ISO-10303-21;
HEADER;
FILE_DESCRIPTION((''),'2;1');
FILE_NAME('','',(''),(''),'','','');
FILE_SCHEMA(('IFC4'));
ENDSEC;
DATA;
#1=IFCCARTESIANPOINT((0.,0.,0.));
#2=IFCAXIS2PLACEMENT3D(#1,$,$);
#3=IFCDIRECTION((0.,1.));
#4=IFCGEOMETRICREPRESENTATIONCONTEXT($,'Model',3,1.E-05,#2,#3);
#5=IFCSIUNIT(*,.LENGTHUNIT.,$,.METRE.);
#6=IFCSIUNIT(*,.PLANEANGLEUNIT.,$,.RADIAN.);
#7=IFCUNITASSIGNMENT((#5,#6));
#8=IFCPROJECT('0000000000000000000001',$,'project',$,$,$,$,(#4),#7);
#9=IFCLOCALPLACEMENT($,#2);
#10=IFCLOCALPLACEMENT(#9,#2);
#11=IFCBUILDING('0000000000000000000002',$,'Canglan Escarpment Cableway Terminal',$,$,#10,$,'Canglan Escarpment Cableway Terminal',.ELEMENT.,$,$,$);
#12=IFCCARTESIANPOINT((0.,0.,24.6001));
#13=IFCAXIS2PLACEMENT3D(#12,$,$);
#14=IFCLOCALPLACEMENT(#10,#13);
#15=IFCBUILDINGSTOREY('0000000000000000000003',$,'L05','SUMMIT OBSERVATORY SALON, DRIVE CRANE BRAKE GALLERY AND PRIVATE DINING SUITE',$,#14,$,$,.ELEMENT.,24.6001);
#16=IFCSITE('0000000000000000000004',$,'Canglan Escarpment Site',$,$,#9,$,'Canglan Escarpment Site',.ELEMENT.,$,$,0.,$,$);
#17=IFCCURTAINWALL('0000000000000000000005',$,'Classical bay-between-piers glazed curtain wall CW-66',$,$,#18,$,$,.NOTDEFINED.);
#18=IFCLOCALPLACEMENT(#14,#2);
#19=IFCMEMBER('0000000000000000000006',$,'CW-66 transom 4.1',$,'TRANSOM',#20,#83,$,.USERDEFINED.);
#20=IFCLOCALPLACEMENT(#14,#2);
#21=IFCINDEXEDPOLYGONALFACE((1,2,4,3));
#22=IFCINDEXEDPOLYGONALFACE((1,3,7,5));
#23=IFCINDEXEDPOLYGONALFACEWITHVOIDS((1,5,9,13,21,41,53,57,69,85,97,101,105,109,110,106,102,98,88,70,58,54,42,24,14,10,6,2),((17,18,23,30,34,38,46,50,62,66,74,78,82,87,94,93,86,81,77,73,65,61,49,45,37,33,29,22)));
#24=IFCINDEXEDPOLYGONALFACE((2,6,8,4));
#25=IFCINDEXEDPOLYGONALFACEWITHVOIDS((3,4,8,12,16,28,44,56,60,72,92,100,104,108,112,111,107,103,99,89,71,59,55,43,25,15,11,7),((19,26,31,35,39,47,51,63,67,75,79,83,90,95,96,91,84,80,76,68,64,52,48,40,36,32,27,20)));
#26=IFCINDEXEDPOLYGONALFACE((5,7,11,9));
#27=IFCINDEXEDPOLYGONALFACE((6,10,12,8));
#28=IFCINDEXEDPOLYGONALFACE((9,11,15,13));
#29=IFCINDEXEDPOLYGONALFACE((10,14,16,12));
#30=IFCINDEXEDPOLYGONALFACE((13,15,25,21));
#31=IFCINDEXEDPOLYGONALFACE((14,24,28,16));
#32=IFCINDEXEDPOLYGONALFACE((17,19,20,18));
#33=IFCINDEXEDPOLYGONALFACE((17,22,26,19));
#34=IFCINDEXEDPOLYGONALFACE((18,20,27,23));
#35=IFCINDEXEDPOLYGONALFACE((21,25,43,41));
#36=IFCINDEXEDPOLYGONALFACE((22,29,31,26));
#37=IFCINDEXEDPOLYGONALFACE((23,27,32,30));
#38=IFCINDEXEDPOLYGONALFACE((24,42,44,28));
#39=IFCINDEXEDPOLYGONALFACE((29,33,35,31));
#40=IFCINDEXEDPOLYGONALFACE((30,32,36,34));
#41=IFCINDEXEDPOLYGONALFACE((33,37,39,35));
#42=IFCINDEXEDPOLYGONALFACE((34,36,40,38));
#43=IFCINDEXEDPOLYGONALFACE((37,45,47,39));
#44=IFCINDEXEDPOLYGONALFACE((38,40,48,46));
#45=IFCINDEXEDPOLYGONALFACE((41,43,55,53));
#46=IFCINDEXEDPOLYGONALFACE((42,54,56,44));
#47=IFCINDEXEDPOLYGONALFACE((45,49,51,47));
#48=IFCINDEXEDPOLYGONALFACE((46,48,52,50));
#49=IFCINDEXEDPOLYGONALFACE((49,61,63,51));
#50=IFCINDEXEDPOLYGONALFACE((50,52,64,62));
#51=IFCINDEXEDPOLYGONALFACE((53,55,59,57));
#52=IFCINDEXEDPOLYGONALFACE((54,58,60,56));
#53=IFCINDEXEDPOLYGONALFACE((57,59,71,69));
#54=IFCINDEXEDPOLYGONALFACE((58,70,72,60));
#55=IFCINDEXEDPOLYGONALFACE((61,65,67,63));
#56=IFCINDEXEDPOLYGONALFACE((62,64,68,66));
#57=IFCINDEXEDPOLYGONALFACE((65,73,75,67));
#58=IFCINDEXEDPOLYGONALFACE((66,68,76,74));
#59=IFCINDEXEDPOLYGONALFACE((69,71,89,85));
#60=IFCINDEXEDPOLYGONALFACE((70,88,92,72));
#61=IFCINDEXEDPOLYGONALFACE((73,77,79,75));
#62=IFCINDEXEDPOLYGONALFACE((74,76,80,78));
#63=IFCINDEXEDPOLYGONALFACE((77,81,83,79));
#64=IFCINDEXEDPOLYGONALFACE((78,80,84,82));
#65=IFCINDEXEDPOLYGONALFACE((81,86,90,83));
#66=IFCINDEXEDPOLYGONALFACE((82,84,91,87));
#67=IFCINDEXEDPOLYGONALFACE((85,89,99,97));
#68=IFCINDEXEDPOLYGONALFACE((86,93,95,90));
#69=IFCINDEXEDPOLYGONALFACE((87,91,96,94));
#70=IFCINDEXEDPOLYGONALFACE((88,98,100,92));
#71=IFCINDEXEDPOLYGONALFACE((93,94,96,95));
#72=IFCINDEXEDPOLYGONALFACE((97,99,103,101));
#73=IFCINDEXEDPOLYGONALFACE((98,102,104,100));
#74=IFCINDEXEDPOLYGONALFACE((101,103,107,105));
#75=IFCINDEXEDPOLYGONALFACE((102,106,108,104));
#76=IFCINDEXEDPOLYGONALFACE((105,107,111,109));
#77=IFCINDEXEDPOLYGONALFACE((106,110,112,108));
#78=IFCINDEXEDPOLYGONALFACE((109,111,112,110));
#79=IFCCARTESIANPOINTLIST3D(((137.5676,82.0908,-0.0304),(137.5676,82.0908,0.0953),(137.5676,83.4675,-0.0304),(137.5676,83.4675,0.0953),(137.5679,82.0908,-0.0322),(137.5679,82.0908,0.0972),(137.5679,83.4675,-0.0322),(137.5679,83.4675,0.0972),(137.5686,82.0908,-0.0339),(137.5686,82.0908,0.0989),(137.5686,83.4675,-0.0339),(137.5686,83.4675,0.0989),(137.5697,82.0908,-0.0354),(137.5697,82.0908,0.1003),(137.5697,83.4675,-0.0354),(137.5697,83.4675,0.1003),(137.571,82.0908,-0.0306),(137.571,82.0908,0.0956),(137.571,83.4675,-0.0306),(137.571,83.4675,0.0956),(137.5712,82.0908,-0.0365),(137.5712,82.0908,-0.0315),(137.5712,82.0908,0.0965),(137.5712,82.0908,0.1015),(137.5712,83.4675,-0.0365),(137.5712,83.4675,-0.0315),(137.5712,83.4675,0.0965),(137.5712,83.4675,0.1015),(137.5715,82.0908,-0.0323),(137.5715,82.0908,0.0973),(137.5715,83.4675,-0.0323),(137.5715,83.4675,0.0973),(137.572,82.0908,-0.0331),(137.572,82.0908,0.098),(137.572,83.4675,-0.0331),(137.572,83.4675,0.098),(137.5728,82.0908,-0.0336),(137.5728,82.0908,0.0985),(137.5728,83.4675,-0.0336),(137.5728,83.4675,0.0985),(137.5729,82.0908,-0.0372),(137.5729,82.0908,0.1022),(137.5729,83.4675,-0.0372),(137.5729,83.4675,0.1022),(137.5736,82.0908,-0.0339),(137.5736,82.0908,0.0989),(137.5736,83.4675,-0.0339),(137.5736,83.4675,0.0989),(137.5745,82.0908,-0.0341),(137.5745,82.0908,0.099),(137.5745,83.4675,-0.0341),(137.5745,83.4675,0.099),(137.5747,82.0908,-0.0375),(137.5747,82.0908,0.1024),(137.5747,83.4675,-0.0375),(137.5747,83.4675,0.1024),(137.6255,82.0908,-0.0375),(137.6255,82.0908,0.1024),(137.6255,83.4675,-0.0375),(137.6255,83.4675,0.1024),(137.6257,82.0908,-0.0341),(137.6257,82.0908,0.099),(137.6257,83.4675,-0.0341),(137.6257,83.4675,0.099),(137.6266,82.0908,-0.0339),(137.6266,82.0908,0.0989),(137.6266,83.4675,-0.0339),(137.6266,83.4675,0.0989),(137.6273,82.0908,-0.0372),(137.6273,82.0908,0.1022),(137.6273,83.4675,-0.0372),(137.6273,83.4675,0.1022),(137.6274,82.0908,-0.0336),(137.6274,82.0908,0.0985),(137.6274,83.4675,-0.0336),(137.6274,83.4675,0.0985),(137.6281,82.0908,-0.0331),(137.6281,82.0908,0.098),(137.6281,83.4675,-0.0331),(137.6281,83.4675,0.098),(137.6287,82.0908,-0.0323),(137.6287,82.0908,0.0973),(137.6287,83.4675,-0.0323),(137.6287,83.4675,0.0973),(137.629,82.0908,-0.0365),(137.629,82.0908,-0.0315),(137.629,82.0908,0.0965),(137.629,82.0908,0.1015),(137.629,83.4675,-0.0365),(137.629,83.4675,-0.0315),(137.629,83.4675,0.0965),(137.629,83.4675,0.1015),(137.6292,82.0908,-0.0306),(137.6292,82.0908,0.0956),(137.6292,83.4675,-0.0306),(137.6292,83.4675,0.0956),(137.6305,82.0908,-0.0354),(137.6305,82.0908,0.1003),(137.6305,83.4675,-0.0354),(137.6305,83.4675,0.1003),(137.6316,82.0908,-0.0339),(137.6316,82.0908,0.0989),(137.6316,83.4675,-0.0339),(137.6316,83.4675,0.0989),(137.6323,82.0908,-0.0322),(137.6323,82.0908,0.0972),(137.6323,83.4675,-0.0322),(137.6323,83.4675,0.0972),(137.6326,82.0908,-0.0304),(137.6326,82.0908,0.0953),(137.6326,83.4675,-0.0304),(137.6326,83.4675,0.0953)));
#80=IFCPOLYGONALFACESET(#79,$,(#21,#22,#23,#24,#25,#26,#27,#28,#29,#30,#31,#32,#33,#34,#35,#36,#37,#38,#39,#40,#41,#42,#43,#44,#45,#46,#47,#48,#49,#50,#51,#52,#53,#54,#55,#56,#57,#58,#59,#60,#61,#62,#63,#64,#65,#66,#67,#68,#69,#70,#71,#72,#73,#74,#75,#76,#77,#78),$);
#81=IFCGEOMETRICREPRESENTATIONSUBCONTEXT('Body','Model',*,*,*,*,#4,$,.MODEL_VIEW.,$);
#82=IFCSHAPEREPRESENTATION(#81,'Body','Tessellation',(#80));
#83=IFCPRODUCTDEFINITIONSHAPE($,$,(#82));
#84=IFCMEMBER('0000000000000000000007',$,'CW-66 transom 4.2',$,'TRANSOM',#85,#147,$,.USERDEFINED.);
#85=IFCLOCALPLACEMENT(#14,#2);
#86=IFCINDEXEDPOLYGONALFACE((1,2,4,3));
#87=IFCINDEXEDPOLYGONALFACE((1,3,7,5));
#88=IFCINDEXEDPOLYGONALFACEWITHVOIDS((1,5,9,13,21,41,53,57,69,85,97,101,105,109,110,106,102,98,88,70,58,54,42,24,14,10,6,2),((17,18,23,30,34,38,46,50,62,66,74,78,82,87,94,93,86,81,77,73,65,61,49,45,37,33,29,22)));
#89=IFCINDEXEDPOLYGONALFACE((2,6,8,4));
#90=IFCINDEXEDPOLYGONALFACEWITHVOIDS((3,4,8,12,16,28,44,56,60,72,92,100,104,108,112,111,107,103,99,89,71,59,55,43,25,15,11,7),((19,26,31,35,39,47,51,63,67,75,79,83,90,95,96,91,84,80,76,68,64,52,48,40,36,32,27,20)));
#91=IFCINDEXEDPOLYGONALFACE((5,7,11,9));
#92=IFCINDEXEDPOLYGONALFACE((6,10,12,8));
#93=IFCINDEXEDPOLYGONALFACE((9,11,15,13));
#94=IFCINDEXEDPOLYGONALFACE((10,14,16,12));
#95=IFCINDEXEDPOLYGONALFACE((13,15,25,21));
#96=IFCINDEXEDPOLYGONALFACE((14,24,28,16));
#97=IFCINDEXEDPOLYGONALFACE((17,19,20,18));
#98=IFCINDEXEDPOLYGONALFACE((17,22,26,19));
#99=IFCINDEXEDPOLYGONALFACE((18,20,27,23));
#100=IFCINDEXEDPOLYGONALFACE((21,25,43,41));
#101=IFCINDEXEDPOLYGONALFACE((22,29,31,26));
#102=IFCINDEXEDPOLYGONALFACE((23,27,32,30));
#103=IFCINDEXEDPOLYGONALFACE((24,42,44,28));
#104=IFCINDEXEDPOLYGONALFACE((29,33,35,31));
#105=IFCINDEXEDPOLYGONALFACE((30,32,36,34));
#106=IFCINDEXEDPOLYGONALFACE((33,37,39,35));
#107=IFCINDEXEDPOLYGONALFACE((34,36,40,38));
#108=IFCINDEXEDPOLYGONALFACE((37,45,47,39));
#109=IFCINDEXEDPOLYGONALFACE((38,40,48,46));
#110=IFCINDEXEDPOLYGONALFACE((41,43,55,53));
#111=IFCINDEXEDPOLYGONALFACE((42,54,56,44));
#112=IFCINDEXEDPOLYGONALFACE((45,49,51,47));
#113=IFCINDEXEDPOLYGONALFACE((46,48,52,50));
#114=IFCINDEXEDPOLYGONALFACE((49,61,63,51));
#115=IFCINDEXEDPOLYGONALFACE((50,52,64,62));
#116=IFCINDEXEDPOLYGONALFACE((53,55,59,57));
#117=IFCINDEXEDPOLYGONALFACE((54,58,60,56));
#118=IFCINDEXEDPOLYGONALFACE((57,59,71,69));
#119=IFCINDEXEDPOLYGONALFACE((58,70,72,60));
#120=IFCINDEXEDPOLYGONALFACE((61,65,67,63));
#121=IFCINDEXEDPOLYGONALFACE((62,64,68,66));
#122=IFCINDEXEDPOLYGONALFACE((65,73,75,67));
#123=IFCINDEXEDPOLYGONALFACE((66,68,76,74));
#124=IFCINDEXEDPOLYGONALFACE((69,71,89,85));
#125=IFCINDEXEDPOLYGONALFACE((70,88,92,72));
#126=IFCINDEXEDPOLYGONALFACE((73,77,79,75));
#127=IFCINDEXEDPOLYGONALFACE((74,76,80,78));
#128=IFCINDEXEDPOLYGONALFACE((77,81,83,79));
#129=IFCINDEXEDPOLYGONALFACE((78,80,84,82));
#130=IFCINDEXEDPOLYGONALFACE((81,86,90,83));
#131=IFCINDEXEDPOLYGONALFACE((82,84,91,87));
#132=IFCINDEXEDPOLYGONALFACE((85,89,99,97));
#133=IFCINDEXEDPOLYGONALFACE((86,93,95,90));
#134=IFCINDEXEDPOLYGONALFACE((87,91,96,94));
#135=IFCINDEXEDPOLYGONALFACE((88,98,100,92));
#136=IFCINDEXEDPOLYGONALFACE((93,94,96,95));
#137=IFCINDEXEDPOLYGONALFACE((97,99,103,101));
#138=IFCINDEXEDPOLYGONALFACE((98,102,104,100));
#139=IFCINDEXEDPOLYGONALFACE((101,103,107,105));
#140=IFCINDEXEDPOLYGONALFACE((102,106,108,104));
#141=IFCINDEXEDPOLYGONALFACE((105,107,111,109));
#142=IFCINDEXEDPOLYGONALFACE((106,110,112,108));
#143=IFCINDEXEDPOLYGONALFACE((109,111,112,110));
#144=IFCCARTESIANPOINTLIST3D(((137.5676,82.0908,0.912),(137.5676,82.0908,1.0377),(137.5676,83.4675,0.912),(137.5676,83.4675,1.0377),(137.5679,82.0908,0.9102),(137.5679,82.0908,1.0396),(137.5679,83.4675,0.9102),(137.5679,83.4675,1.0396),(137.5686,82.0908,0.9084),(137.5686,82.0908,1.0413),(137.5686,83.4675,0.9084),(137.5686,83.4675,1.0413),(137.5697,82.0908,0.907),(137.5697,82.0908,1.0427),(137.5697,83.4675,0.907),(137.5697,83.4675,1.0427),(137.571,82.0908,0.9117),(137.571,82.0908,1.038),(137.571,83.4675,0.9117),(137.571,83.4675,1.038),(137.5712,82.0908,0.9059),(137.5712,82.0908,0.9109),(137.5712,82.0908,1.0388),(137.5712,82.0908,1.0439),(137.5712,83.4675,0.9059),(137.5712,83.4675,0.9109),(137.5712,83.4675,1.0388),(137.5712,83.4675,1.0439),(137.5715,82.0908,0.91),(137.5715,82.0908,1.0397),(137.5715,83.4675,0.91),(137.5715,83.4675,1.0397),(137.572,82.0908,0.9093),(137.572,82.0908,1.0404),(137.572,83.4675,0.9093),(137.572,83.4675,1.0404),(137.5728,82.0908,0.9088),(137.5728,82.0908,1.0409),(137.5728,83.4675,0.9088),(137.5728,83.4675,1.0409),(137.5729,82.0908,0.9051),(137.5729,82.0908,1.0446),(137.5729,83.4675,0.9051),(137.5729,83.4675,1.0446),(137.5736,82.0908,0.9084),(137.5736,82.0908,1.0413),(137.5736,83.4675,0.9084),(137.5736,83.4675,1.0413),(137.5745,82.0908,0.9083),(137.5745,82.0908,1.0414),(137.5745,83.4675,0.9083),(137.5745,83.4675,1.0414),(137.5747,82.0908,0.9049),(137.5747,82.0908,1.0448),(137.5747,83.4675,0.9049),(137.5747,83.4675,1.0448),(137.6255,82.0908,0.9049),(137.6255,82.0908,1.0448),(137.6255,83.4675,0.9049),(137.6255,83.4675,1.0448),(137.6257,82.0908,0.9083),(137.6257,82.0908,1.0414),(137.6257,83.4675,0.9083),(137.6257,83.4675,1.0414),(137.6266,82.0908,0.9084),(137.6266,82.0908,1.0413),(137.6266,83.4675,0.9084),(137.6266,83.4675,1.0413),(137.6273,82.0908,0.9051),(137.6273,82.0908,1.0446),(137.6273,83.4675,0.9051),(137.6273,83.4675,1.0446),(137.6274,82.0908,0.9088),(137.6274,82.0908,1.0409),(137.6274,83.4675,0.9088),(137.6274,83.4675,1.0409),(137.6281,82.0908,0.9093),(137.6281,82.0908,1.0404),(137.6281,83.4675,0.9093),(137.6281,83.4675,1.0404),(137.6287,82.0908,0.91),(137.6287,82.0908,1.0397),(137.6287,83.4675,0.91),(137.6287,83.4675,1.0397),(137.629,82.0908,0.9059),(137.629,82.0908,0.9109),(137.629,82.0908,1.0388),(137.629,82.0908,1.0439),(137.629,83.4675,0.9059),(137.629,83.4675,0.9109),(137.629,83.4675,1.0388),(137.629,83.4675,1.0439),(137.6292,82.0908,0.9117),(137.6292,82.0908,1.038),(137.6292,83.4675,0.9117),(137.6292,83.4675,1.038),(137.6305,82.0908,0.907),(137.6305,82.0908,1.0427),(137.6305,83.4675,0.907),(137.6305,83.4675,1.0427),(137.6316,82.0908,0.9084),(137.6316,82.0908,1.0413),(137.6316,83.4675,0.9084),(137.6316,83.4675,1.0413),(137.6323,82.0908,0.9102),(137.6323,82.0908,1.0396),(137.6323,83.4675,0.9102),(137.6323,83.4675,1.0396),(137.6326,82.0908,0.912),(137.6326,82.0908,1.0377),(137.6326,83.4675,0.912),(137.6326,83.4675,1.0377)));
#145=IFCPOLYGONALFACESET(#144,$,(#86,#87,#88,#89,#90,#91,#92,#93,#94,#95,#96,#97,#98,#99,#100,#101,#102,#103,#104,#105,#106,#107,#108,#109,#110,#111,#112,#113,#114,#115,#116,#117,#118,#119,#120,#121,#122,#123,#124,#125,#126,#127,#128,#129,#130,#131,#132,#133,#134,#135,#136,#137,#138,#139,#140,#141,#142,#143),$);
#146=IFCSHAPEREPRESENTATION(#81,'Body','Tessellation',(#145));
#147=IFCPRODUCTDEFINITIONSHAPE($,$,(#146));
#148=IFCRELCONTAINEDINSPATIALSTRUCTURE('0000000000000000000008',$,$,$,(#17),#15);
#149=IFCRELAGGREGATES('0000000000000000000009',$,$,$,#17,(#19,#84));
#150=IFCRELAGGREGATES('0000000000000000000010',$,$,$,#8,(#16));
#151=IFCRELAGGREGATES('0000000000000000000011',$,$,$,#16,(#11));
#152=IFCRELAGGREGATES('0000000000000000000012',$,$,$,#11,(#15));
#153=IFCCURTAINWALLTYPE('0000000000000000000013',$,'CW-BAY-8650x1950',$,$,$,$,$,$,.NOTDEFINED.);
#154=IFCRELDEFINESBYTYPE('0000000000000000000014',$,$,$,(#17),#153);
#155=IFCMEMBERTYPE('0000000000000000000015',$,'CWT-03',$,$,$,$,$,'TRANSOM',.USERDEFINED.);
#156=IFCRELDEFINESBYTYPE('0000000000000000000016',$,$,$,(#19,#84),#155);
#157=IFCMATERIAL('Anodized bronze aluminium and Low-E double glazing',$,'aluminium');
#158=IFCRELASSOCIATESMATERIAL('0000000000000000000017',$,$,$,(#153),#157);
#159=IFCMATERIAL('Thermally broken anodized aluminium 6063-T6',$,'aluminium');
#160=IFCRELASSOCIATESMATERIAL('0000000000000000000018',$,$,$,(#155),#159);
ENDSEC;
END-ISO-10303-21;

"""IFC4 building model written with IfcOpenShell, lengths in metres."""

from ifc_helpers import new_model, si_unit, direction, frame, origin, origin_2d, place, context, subcontext, project, spatial, hollow_rectangle, extrude, material, material_profile, profile_set, type_object, element, aggregate, save


model = new_model("IFC4")

# Units and contexts
model_context = context("Model", 3, precision=1e-05, world=origin(), true_north=direction((0.0, 1.0)))
body_context = subcontext(model_context, "Body", "Model", "MODEL_VIEW")
ifc_project = project(units=[si_unit("LENGTHUNIT", "METRE"), si_unit("PLANEANGLEUNIT", "RADIAN")], contexts=[model_context])

# Site, building, storey
site_placement = place(None, origin())
site = spatial("IfcSite", under=ifc_project, at=site_placement, Name="Canglan Escarpment Site", LongName="Canglan Escarpment Site", CompositionType="ELEMENT", RefElevation=0.0)
building_placement = place(site_placement, origin())
building = spatial("IfcBuilding", under=site, at=building_placement, Name="Canglan Escarpment Cableway Terminal", LongName="Canglan Escarpment Cableway Terminal", CompositionType="ELEMENT")
storey_placement = place(building_placement, frame((0.0, 0.0, 24.6001)))
storey = spatial("IfcBuildingStorey", under=building, at=storey_placement, Name="L05", Description="SUMMIT OBSERVATORY SALON, DRIVE CRANE BRAKE GALLERY AND PRIVATE DINING SUITE", CompositionType="ELEMENT", Elevation=24.6001)

# Curtain wall, members
ifc_material_1 = material(Name="Anodized bronze aluminium and Low-E double glazing", Category="aluminium")
curtain_wall_type = type_object("IfcCurtainWallType", Name="CW-BAY-8650x1950", PredefinedType="NOTDEFINED", material=ifc_material_1)
curtain_wall_placement = place(storey_placement, origin())
curtain_wall = element("IfcCurtainWall", 1, at=curtain_wall_placement, inside=storey, type_object=curtain_wall_type, Name="Classical bay-between-piers glazed curtain wall CW-66", PredefinedType="NOTDEFINED")
ifc_material_2 = material(Name="Thermally broken anodized aluminium 6063-T6", Category="aluminium")
ifc_material_profile_1 = material_profile(ifc_material_2, hollow_rectangle(XDim=0.0649, YDim=0.1399, WallThickness=0.0034, InnerFilletRadius=0.0034, OuterFilletRadius=0.0071, at=origin_2d()), Name="ALU-TRAN 65x140x3.5")
ifc_profile_set_1 = profile_set([ifc_material_profile_1], Name="Thermally broken anodized aluminium 6063-T6")
member_type_1 = type_object("IfcMemberType", Name="CWT-03", ElementType="TRANSOM", PredefinedType="USERDEFINED", material=ifc_profile_set_1)
member_1_placement = place(storey_placement, frame((137.6001, 83.4675, 0.0325), z_axis=(0.0, -1.0, 0.0), x_axis=(1.0, 0.0, 0.0)))
member_1 = element("IfcMember", 2, at=member_1_placement, type_object=member_type_1, Name="CW-66 transom 4.1", ObjectType="TRANSOM", PredefinedType="USERDEFINED", context=body_context, shape_type="SweptSolid", body=[
    extrude(hollow_rectangle(XDim=0.0649, YDim=0.1399, WallThickness=0.0034, InnerFilletRadius=0.0034, OuterFilletRadius=0.0071, at=origin_2d()), origin(), (0.0, 0.0, 1.0), 1.3767),
])
member_2_placement = place(storey_placement, frame((137.6001, 83.4675, 0.9749), z_axis=(0.0, -1.0, 0.0), x_axis=(1.0, 0.0, 0.0)))
member_2 = element("IfcMember", 3, at=member_2_placement, type_object=member_type_1, Name="CW-66 transom 4.2", ObjectType="TRANSOM", PredefinedType="USERDEFINED", context=body_context, shape_type="SweptSolid", body=[
    extrude(hollow_rectangle(XDim=0.0649, YDim=0.1399, WallThickness=0.0034, InnerFilletRadius=0.0034, OuterFilletRadius=0.0071, at=origin_2d()), origin(), (0.0, 0.0, 1.0), 1.3767),
])
aggregate(curtain_wall, [member_1, member_2])

save(model, "model.ifc")
